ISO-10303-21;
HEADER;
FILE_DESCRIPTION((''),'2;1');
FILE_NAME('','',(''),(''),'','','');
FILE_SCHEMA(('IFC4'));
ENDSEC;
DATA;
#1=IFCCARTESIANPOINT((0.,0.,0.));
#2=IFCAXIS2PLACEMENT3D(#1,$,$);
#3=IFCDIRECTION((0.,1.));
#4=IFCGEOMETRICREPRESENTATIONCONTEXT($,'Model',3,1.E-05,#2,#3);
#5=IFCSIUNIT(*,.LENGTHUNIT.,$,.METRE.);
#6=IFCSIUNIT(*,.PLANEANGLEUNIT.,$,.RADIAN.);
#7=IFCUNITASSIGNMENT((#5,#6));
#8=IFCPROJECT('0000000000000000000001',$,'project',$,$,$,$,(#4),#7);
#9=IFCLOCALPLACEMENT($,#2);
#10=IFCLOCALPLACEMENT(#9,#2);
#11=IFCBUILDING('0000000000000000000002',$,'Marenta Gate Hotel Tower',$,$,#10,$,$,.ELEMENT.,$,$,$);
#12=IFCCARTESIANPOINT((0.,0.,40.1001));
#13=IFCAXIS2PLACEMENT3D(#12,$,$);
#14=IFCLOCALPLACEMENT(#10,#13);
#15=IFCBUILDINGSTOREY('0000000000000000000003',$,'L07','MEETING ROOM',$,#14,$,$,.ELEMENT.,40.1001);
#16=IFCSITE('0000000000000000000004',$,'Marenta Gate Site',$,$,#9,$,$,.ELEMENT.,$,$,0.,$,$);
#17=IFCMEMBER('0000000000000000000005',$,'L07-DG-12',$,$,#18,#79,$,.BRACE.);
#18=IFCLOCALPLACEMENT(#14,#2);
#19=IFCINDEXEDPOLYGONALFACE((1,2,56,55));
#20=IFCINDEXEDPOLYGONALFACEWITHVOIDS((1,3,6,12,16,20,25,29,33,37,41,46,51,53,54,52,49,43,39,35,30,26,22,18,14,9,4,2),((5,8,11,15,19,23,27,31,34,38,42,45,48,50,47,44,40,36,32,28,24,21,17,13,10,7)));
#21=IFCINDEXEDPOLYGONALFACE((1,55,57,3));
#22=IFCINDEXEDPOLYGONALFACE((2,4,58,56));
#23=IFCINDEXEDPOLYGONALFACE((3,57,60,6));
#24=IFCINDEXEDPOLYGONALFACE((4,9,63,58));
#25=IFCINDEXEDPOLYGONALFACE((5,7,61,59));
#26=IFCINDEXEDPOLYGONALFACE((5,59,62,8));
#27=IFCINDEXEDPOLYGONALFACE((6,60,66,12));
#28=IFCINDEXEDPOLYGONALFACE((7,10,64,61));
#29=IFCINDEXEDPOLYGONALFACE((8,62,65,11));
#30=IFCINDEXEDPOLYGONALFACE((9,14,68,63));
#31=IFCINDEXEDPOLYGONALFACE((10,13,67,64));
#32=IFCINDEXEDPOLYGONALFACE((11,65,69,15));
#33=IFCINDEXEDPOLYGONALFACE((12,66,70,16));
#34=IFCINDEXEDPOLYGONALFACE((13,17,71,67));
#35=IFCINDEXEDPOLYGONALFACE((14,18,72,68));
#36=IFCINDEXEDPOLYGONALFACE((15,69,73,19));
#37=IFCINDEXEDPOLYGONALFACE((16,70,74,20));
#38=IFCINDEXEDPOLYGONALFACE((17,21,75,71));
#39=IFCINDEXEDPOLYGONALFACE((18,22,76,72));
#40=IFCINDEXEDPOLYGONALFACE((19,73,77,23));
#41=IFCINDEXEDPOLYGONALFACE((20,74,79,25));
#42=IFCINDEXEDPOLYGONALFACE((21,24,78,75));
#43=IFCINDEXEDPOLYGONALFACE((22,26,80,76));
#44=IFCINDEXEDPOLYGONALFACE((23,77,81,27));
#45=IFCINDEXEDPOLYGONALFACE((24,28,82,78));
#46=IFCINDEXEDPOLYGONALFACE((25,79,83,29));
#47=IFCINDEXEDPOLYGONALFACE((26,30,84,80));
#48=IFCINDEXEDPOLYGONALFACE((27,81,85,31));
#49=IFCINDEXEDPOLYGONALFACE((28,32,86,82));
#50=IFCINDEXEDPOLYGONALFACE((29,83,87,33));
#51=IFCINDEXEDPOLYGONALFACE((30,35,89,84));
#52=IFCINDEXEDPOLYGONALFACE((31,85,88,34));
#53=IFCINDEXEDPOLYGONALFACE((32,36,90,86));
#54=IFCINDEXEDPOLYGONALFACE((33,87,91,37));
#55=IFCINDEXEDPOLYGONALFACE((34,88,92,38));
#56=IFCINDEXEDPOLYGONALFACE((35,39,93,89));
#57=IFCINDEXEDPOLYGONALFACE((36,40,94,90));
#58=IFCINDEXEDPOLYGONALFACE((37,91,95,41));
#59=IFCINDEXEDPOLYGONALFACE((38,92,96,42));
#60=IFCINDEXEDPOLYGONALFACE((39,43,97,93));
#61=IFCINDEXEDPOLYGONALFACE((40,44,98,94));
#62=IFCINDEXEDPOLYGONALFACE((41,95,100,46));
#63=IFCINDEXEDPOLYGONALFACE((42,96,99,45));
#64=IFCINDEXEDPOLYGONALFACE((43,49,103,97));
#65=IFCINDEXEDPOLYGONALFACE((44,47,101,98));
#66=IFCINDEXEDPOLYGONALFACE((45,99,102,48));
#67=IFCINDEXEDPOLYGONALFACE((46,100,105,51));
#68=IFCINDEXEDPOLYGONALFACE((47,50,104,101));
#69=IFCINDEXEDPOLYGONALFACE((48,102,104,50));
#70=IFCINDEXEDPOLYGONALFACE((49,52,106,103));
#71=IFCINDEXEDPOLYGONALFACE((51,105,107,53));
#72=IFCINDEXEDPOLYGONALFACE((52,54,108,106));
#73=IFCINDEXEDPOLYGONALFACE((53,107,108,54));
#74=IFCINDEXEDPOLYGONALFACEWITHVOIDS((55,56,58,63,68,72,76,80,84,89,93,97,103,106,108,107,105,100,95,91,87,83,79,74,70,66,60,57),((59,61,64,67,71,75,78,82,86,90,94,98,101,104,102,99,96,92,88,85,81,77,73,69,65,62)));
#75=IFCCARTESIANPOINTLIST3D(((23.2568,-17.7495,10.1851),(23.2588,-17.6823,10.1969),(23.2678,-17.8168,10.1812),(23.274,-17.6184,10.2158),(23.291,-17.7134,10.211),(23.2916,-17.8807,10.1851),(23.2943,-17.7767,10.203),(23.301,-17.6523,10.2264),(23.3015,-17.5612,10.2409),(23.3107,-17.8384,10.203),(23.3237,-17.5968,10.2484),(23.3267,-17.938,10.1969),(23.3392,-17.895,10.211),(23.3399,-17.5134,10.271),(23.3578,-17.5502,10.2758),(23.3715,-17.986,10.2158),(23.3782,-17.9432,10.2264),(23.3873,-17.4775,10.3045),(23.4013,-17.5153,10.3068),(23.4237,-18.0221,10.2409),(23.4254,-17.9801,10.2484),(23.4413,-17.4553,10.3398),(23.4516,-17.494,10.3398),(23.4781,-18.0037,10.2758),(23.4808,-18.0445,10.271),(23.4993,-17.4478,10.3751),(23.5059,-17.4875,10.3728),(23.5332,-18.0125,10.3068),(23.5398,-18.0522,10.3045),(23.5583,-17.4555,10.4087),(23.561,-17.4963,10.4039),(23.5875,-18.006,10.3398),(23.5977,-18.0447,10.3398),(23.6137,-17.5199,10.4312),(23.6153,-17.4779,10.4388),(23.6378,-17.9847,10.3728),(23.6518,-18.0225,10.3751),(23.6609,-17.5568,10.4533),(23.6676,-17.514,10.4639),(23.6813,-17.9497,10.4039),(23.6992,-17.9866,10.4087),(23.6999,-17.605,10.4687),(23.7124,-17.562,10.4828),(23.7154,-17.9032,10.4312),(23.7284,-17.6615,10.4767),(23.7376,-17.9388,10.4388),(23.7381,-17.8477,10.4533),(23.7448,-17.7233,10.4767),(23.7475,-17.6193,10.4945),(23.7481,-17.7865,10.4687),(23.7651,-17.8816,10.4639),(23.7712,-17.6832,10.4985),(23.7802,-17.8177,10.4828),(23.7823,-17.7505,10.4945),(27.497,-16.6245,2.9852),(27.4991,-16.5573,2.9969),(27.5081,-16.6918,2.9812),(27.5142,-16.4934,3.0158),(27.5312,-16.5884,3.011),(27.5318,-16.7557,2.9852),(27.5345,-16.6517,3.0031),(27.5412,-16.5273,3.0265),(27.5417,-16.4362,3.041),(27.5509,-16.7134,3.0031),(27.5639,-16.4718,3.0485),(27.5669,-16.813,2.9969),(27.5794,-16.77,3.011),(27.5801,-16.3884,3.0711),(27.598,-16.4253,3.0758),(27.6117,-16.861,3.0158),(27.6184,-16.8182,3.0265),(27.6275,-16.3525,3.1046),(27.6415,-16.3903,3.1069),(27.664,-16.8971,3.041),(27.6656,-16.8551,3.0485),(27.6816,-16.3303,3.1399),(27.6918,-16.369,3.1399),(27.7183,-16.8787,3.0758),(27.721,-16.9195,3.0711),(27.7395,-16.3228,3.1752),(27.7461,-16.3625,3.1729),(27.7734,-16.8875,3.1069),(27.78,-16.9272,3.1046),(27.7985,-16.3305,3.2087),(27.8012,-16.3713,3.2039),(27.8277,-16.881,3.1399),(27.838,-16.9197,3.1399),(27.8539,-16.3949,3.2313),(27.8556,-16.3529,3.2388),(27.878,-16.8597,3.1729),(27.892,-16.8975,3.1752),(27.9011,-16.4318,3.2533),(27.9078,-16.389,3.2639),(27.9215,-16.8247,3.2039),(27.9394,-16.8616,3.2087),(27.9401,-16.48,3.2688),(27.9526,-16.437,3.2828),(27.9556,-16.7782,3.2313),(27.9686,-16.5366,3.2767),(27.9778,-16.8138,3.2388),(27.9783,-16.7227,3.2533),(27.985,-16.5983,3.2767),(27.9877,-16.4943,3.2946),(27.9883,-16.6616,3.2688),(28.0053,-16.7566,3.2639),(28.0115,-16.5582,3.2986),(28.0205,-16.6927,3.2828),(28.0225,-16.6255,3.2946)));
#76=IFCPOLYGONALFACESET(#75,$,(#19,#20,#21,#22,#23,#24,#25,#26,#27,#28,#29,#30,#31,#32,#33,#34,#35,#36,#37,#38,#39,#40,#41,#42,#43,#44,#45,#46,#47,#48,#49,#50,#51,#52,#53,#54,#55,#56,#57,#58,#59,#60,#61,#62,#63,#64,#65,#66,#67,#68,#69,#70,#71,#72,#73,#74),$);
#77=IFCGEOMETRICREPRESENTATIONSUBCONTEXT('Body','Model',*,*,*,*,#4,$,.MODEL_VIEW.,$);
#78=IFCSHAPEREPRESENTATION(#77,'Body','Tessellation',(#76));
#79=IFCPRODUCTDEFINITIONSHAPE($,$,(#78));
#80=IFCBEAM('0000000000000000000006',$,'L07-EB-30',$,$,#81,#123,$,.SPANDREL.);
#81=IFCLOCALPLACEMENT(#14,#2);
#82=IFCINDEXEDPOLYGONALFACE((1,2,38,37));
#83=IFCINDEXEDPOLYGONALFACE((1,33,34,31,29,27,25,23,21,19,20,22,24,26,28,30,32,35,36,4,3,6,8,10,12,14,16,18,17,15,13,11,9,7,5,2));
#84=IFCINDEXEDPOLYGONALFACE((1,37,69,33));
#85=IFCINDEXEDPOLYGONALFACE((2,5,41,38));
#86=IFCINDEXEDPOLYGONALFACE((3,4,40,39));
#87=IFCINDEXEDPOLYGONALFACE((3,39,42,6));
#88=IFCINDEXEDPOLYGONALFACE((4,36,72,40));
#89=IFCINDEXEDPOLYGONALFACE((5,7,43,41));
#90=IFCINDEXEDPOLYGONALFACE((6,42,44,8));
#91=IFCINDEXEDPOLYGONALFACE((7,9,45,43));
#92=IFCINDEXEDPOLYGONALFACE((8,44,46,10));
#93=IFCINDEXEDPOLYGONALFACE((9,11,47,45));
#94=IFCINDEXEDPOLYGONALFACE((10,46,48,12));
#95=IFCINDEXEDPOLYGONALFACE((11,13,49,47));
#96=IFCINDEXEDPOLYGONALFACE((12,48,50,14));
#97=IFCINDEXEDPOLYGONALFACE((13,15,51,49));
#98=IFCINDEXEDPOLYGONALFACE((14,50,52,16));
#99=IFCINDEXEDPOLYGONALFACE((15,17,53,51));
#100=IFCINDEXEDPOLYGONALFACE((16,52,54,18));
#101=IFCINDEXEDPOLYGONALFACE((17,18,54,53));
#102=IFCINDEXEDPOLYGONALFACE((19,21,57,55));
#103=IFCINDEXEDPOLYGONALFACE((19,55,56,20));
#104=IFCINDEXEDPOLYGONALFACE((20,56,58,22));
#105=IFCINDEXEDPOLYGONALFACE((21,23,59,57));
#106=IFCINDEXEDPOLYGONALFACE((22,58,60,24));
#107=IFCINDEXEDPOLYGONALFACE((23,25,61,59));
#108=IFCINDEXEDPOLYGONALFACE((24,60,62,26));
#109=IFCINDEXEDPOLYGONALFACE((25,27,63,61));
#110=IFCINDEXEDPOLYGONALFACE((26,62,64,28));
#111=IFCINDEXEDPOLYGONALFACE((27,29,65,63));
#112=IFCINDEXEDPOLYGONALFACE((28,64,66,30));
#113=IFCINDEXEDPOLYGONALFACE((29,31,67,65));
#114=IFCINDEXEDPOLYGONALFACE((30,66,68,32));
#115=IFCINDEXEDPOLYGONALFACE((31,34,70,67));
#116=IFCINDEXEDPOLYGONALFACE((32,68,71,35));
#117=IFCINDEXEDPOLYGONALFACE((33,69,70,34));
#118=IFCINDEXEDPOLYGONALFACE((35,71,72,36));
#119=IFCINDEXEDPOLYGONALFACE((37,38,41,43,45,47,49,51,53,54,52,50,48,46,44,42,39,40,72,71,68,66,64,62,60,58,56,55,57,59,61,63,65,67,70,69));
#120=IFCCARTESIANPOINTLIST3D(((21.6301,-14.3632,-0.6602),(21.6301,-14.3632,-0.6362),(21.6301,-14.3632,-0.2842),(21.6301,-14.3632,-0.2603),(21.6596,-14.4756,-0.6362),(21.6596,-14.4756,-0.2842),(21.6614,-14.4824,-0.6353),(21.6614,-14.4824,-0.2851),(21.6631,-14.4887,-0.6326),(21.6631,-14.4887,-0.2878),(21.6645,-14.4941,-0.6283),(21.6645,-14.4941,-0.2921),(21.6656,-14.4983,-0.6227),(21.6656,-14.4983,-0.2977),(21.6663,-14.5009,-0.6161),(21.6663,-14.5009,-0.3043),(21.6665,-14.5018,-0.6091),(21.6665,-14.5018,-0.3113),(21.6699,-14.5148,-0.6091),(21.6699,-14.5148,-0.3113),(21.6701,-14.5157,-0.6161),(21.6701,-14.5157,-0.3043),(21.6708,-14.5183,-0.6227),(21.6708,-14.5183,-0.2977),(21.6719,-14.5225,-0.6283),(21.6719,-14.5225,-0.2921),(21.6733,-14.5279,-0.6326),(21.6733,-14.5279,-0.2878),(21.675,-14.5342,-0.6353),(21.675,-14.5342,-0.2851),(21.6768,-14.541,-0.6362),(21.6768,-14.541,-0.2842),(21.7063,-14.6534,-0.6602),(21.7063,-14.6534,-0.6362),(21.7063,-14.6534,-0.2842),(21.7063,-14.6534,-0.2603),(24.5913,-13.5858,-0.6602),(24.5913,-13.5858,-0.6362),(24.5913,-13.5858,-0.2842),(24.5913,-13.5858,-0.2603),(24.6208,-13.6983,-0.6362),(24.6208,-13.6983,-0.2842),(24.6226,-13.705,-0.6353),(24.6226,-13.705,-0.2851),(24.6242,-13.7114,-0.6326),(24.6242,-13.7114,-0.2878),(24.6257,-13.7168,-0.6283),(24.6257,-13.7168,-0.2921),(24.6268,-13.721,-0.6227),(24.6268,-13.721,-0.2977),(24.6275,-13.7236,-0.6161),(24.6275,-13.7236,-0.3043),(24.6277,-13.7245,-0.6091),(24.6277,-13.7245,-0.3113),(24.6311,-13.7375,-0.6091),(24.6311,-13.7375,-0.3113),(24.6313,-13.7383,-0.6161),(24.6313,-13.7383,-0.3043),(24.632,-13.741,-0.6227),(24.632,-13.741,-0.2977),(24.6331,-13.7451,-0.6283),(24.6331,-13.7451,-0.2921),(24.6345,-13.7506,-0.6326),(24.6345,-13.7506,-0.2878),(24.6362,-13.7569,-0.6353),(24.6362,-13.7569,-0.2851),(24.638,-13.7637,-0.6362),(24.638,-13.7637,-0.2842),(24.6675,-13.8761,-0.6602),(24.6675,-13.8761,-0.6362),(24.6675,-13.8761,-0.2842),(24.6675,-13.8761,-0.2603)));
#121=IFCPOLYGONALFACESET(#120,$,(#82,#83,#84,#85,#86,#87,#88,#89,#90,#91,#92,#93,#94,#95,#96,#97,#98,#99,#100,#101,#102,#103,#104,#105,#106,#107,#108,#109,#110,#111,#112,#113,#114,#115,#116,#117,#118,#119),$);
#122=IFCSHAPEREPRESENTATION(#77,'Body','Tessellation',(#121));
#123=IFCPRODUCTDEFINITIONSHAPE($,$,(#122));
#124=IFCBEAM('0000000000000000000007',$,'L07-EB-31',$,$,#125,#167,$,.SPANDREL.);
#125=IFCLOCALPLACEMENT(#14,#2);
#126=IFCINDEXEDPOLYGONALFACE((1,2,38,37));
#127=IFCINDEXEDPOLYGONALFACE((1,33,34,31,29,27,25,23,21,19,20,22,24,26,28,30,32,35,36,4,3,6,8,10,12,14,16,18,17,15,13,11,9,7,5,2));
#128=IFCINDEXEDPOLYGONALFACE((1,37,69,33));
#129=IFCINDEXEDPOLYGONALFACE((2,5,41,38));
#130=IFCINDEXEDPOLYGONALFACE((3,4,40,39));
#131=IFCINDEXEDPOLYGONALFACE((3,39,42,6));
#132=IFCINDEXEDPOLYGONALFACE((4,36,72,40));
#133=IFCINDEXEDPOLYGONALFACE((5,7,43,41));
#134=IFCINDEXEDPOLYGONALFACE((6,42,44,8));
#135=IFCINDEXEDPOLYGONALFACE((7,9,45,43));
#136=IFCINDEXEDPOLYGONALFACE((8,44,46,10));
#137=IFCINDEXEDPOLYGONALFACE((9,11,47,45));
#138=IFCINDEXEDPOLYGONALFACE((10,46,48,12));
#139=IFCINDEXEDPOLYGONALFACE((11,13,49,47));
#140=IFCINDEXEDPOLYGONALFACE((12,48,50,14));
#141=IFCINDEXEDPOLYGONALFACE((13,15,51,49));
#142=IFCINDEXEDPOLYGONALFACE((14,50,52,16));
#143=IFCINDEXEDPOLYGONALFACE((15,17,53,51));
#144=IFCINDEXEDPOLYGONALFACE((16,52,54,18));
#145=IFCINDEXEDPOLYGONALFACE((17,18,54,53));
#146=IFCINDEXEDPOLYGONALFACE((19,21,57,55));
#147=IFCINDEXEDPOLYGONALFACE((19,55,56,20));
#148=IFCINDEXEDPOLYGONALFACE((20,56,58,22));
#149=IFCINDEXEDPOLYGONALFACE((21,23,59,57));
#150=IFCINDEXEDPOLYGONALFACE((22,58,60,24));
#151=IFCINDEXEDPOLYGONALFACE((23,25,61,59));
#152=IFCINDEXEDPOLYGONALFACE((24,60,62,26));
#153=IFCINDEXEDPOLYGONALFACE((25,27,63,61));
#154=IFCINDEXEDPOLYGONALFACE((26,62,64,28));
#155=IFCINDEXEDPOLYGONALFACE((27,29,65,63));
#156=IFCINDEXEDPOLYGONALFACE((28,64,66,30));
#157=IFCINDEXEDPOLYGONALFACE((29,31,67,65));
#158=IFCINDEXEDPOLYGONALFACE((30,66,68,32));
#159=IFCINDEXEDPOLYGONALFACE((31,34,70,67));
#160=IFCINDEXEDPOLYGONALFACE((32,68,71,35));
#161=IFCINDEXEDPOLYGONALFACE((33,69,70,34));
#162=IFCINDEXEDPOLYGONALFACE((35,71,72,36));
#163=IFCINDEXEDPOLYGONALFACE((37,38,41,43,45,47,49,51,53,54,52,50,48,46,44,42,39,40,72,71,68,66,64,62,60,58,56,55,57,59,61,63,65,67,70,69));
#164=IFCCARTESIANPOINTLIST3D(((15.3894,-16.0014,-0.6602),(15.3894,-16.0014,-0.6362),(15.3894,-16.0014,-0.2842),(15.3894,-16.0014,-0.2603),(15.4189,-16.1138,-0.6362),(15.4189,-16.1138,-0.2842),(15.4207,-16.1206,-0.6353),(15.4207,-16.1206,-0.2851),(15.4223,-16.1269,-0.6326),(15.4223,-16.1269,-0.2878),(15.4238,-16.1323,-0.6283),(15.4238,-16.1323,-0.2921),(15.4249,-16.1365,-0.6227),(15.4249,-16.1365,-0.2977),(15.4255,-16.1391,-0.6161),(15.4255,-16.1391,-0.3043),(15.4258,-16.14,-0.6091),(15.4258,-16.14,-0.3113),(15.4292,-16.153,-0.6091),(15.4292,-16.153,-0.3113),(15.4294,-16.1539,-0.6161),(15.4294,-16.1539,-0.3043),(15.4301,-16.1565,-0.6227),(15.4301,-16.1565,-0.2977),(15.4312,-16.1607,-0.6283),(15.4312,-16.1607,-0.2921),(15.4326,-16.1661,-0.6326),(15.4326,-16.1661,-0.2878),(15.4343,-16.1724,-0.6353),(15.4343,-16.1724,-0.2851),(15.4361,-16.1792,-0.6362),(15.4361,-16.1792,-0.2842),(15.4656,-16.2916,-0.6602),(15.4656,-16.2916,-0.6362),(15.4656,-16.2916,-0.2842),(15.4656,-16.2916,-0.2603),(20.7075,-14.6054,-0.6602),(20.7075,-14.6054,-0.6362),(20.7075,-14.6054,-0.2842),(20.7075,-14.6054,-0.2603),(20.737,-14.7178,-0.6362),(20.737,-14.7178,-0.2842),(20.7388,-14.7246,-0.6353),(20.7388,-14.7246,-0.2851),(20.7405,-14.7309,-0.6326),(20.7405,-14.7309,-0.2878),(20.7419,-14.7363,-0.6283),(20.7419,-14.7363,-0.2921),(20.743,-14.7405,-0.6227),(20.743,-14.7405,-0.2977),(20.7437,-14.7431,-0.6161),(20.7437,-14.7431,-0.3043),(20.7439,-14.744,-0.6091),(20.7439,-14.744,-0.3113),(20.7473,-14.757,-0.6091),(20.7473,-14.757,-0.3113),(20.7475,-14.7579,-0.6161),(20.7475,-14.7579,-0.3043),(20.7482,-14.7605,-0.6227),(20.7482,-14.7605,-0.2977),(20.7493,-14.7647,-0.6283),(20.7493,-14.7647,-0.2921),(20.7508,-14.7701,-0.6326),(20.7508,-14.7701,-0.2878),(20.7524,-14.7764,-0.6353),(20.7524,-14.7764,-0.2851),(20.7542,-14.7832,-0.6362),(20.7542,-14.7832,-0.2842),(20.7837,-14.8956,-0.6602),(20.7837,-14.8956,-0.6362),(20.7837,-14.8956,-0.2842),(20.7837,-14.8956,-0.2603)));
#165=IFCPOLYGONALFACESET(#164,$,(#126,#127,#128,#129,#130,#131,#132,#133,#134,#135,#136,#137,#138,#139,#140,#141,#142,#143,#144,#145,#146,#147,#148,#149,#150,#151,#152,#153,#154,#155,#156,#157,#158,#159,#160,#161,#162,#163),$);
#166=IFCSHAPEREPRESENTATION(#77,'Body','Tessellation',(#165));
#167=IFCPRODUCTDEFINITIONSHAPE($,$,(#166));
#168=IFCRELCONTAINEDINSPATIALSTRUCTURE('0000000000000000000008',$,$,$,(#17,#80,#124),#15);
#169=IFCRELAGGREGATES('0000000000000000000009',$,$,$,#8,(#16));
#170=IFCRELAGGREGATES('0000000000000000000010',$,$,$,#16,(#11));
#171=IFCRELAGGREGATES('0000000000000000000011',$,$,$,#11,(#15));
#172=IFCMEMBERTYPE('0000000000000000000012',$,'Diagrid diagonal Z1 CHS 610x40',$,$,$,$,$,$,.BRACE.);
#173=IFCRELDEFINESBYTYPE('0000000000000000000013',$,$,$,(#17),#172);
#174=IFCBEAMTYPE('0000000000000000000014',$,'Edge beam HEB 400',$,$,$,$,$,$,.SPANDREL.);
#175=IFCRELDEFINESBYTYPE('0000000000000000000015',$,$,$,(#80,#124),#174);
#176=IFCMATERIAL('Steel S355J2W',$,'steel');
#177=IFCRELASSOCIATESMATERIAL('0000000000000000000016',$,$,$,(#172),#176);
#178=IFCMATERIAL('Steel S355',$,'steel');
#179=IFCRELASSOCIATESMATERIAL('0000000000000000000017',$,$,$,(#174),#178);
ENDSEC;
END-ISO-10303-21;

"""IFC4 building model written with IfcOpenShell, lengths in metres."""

from ifc_helpers import new_model, si_unit, direction, frame, origin, origin_2d, place, context, subcontext, project, spatial, hollow_circle, i_section, extrude, material, material_profile, profile_set, type_object, element, save


model = new_model("IFC4")

# Units and contexts
model_context = context("Model", 3, precision=1e-05, world=origin(), true_north=direction((0.0, 1.0)))
body_context = subcontext(model_context, "Body", "Model", "MODEL_VIEW")
ifc_project = project(units=[si_unit("LENGTHUNIT", "METRE"), si_unit("PLANEANGLEUNIT", "RADIAN")], contexts=[model_context])

# Site, building, storey
site_placement = place(None, origin())
site = spatial("IfcSite", under=ifc_project, at=site_placement, Name="Marenta Gate Site", CompositionType="ELEMENT", RefElevation=0.0)
building_placement = place(site_placement, origin())
building = spatial("IfcBuilding", under=site, at=building_placement, Name="Marenta Gate Hotel Tower", CompositionType="ELEMENT")
storey_placement = place(building_placement, frame((0.0, 0.0, 40.1001)))
storey = spatial("IfcBuildingStorey", under=building, at=storey_placement, Name="L07", Description="MEETING ROOM", CompositionType="ELEMENT", Elevation=40.1001)

# Member
ifc_material_1 = material(Name="Steel S355J2W", Category="steel")
ifc_material_profile_1 = material_profile(ifc_material_1, hollow_circle(Radius=0.3049, WallThickness=0.04, at=origin_2d()), Name="CHS 610x40")
ifc_profile_set_1 = profile_set([ifc_material_profile_1], Name="Steel S355J2W")
member_type_1 = type_object("IfcMemberType", Name="Diagrid diagonal Z1 CHS 610x40", PredefinedType="BRACE", material=ifc_profile_set_1)
for number, where, z_axis, x_axis, name in (
    (1, (27.7598, -16.625, 3.1399), (-0.502924, -0.133434, 0.853969), (0.256443, -0.966559, 0.0), "L07-DG-12"),
):
    element("IfcMember", number, at=place(storey_placement, frame(where, z_axis=z_axis, x_axis=x_axis)), inside=storey, type_object=member_type_1, Name=name, PredefinedType="BRACE", context=body_context, shape_type="SweptSolid", body=[
        extrude(hollow_circle(Radius=0.3049, WallThickness=0.04, at=origin_2d()), origin(), (0.0, 0.0, 1.0), 8.4312),
    ])

# Beams
ifc_material_2 = material(Name="Steel S355", Category="steel")
ifc_material_profile_2 = material_profile(ifc_material_2, i_section(OverallWidth=0.3, OverallDepth=0.3999, WebThickness=0.0134, FlangeThickness=0.0239, FilletRadius=0.0271, at=origin_2d()), Name="HEB 400")
ifc_profile_set_2 = profile_set([ifc_material_profile_2], Name="Steel S355")
beam_type = type_object("IfcBeamType", Name="Edge beam HEB 400", PredefinedType="SPANDREL", material=ifc_profile_set_2)
beam_1_placement = place(storey_placement, frame((24.6294, -13.731, -0.4602), z_axis=(-0.967228, -0.253908, 0.0), x_axis=(0.253908, -0.967228, 0.0)))
element("IfcBeam", 2, at=beam_1_placement, inside=storey, type_object=beam_type, Name="L07-EB-30", PredefinedType="SPANDREL", context=body_context, shape_type="SweptSolid", body=[
    extrude(i_section(OverallWidth=0.3, OverallDepth=0.3999, WebThickness=0.0134, FlangeThickness=0.0239, FilletRadius=0.0271, at=origin_2d()), origin(), (0.0, 0.0, 1.0), 3.0615),
])
beam_2_placement = place(storey_placement, frame((20.7456, -14.7505, -0.4602), z_axis=(-0.967231, -0.253897, 0.0), x_axis=(0.253897, -0.967231, 0.0)))
element("IfcBeam", 3, at=beam_2_placement, inside=storey, type_object=beam_type, Name="L07-EB-31", PredefinedType="SPANDREL", context=body_context, shape_type="SweptSolid", body=[
    extrude(i_section(OverallWidth=0.3, OverallDepth=0.3999, WebThickness=0.0134, FlangeThickness=0.0239, FilletRadius=0.0271, at=origin_2d()), origin(), (0.0, 0.0, 1.0), 5.4983),
])

save(model, "model.ifc")
